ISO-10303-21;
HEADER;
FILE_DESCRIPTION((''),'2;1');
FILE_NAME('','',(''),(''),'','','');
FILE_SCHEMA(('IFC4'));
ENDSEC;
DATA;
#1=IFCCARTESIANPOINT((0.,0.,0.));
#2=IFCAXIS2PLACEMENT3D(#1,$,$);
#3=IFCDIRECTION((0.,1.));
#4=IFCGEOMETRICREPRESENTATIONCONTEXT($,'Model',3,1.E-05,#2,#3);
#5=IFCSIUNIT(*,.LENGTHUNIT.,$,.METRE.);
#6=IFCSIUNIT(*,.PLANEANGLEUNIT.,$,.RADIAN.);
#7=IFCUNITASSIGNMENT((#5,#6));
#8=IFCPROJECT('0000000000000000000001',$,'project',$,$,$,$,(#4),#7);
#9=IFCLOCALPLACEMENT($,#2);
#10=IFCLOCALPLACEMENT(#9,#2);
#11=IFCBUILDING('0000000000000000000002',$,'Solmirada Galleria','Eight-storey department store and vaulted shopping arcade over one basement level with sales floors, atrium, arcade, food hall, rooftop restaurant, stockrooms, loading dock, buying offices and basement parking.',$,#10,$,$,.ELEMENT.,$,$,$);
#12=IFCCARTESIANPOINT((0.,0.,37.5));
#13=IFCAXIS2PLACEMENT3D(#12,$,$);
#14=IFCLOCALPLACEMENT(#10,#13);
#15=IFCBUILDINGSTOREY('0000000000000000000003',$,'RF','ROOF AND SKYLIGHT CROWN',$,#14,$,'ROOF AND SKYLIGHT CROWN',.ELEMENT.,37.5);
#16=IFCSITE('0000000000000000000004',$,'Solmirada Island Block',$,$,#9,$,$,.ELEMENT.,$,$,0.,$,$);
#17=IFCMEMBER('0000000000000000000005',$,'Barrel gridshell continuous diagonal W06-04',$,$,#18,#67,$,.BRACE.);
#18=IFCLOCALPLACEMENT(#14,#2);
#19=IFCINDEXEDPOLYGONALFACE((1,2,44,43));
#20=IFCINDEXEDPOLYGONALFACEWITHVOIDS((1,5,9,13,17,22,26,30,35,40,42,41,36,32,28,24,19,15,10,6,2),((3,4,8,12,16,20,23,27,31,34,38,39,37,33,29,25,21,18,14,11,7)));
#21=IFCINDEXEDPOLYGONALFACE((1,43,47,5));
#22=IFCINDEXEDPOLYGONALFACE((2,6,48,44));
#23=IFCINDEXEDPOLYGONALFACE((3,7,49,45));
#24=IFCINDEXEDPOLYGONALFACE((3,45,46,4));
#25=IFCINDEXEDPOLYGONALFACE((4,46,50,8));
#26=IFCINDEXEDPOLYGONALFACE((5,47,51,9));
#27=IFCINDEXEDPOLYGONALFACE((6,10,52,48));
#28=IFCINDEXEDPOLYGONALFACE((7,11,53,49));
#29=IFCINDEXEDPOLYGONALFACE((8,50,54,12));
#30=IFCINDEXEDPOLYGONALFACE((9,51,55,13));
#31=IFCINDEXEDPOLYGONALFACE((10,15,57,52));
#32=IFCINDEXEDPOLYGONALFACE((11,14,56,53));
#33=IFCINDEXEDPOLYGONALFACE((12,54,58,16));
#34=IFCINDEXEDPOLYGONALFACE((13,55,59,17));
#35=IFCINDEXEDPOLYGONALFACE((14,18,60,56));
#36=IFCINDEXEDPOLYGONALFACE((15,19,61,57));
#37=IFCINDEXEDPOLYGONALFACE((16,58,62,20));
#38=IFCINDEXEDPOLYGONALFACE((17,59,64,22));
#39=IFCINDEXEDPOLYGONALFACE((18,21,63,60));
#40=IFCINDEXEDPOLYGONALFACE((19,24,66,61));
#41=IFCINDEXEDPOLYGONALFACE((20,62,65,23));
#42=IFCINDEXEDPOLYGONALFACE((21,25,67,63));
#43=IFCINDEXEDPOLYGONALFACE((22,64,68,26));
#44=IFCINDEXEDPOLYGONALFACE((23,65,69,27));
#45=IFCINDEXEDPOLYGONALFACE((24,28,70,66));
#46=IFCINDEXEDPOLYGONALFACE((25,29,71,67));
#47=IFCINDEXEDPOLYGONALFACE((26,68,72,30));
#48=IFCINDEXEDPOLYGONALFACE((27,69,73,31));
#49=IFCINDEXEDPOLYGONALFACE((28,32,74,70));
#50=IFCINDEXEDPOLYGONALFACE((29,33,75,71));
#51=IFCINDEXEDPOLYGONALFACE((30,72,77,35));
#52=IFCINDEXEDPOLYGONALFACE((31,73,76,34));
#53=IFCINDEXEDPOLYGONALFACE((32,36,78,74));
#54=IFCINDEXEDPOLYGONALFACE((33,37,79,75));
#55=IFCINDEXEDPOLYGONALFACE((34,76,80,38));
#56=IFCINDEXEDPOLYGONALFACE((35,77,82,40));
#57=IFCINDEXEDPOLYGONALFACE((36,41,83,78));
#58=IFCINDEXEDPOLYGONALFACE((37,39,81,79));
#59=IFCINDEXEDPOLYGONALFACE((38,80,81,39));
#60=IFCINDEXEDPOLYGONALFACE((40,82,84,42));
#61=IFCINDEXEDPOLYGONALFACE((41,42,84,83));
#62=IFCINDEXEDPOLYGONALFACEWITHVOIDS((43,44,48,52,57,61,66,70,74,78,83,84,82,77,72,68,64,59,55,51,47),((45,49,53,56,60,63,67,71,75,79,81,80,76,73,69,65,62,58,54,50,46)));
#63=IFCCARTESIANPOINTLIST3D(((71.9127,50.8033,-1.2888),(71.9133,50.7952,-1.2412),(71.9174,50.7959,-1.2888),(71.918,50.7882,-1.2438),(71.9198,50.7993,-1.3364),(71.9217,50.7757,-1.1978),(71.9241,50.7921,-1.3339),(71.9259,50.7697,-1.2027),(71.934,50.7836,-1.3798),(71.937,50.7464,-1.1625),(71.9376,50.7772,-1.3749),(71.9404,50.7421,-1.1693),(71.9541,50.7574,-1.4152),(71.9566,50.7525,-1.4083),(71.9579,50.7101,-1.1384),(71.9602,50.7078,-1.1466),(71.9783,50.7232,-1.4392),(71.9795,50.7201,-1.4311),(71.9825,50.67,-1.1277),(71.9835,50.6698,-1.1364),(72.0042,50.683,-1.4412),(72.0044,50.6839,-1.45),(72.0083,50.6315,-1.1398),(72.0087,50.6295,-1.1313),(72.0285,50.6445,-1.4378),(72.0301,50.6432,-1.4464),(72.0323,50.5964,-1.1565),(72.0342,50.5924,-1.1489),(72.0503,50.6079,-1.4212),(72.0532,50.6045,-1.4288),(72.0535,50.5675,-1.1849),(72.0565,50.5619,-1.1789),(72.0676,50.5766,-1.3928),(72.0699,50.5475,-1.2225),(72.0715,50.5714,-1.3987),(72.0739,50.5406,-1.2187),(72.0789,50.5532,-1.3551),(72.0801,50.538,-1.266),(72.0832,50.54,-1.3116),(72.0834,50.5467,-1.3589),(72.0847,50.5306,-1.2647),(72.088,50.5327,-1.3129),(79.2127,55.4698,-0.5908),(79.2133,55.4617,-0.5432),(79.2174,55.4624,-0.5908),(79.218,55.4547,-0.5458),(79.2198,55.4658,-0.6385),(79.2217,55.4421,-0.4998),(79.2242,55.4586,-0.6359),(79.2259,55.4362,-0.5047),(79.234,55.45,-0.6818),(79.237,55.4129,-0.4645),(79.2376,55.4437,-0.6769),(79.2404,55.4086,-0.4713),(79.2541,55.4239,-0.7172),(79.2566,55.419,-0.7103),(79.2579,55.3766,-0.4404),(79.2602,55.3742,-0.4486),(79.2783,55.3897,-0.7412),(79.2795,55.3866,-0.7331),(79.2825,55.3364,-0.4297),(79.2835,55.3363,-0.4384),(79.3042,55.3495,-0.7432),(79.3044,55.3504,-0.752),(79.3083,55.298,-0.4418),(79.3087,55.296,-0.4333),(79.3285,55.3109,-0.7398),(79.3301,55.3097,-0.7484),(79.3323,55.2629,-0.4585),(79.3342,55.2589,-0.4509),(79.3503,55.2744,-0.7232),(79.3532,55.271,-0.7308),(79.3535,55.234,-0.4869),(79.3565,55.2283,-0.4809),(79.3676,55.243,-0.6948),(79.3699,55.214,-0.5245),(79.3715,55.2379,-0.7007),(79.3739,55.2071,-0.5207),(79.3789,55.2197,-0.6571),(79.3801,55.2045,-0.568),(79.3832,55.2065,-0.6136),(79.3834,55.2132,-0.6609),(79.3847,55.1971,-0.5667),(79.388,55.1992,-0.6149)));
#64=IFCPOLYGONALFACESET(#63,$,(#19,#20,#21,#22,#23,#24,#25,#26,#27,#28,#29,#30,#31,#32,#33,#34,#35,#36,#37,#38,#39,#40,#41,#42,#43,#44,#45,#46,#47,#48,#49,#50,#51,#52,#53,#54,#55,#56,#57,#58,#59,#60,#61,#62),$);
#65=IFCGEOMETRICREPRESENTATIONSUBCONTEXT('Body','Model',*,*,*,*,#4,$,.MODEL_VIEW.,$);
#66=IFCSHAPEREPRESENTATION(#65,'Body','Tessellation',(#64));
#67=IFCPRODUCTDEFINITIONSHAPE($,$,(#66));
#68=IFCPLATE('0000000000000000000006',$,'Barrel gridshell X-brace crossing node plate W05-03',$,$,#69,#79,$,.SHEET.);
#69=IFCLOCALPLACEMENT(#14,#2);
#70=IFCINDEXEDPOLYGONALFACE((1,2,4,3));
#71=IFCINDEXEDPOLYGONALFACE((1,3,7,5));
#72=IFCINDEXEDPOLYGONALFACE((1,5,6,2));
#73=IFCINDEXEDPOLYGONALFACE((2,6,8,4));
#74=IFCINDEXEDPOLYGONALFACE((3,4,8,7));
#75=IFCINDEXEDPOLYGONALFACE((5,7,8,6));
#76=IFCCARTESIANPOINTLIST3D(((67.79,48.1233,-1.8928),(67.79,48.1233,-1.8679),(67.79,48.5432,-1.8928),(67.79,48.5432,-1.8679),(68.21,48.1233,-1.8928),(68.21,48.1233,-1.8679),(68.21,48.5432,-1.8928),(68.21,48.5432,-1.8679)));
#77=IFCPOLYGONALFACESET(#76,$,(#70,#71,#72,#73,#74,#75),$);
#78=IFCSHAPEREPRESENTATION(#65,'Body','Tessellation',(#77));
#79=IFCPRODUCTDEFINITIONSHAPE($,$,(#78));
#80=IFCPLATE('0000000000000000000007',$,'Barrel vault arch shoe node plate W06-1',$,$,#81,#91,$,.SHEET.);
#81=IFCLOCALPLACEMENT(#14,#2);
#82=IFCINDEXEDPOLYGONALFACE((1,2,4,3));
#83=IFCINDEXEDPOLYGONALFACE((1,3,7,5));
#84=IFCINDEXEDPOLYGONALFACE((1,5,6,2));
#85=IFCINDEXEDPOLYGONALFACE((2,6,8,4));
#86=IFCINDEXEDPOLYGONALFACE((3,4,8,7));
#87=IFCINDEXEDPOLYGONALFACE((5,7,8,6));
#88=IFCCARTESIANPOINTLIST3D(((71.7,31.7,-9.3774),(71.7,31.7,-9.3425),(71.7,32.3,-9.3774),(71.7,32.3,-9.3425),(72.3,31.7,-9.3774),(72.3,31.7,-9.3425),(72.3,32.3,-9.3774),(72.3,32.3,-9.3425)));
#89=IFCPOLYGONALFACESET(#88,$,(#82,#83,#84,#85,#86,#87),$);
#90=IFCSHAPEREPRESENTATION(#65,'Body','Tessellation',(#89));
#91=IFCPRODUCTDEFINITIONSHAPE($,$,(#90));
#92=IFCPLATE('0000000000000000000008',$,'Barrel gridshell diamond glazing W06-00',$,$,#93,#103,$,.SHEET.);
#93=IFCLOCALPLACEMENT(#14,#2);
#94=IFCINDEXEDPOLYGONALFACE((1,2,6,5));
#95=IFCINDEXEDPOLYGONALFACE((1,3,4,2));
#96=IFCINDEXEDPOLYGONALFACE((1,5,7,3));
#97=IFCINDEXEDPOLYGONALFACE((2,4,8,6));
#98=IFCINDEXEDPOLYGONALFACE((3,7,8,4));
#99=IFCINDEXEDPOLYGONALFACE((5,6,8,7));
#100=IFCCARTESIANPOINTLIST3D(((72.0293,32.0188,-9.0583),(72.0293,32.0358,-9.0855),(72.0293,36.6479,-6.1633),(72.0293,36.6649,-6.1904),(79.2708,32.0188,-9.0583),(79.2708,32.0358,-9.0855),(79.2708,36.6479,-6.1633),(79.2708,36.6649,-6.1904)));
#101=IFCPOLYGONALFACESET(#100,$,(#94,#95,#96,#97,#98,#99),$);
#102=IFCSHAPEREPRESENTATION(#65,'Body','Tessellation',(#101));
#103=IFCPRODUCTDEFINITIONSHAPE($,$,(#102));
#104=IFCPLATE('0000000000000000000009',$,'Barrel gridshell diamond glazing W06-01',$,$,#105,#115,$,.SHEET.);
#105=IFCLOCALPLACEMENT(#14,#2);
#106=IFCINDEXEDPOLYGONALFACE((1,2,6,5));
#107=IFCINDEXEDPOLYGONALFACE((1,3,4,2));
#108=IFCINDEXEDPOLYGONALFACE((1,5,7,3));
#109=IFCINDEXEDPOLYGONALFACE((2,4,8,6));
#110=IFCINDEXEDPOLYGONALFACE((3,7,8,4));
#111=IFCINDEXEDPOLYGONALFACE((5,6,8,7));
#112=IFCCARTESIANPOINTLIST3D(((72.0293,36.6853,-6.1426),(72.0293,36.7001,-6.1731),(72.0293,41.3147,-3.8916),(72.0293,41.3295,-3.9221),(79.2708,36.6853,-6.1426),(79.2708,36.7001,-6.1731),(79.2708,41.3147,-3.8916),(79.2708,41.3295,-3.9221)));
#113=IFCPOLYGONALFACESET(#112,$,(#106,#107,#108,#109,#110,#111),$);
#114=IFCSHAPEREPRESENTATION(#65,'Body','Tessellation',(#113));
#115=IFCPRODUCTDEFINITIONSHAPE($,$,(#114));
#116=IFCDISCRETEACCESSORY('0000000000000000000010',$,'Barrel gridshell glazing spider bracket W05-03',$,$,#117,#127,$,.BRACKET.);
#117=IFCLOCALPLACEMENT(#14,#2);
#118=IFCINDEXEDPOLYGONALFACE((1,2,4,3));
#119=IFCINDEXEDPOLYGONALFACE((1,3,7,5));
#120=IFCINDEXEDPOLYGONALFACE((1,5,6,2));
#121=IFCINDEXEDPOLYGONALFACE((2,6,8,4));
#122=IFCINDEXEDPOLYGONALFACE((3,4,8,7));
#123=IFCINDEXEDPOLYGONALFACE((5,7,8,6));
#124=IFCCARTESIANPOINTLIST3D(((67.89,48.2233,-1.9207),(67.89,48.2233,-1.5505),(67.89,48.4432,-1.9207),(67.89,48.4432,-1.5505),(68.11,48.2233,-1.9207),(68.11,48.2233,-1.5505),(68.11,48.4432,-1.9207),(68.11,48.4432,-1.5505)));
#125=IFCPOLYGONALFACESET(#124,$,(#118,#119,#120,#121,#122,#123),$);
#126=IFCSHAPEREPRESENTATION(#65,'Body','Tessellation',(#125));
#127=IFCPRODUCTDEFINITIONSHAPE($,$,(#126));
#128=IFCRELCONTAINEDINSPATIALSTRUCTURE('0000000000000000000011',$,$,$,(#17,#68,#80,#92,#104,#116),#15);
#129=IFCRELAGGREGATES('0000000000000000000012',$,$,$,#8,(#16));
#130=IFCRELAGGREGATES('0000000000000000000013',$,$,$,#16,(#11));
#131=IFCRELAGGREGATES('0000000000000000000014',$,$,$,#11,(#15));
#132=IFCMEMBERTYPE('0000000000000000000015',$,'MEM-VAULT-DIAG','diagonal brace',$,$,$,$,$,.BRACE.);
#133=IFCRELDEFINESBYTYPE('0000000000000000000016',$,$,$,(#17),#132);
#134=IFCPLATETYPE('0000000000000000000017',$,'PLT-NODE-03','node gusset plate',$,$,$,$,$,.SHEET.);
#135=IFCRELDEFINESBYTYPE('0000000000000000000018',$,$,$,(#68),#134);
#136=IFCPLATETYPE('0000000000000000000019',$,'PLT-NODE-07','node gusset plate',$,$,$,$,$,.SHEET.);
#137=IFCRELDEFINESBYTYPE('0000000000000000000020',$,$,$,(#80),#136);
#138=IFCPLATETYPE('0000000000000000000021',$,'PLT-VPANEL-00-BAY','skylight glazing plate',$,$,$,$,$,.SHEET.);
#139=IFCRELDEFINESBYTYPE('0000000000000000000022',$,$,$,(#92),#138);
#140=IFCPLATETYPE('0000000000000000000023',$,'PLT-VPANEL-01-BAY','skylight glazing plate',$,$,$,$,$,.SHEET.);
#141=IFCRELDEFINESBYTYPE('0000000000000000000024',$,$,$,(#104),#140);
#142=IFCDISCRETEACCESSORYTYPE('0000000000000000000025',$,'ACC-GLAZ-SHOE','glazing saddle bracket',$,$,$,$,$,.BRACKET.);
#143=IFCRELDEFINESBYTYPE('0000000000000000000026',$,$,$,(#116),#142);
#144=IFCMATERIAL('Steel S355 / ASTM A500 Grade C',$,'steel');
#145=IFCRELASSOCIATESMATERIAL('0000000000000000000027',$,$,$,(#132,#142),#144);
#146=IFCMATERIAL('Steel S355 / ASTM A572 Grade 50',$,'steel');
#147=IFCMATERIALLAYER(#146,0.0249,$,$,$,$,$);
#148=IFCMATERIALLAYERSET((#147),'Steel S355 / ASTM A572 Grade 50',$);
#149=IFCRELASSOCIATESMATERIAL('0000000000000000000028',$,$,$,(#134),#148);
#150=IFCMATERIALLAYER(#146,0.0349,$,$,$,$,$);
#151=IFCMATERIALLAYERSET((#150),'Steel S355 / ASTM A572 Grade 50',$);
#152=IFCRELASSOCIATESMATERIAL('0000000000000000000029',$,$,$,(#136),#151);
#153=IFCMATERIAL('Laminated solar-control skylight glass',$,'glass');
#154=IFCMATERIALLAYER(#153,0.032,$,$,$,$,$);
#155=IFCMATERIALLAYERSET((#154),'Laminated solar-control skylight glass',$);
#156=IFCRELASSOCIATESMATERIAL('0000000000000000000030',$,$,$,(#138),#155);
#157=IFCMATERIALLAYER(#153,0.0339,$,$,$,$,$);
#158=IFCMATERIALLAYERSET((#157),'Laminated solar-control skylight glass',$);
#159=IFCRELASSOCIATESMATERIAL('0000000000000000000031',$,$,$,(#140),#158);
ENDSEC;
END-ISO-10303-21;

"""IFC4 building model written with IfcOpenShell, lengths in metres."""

from ifc_helpers import new_model, si_unit, direction, frame, origin, origin_2d, place, context, subcontext, project, spatial, polyline, rectangle, hollow_circle, outline, extrude, material, layer, layer_set, material_profile, profile_set, type_object, element, save


model = new_model("IFC4")

# Units and contexts
model_context = context("Model", 3, precision=1e-05, world=origin(), true_north=direction((0.0, 1.0)))
body_context = subcontext(model_context, "Body", "Model", "MODEL_VIEW")
ifc_project = project(units=[si_unit("LENGTHUNIT", "METRE"), si_unit("PLANEANGLEUNIT", "RADIAN")], contexts=[model_context])

# Site, building, storey
site_placement = place(None, origin())
site = spatial("IfcSite", under=ifc_project, at=site_placement, Name="Solmirada Island Block", CompositionType="ELEMENT", RefElevation=0.0)
building_placement = place(site_placement, origin())
building = spatial("IfcBuilding", under=site, at=building_placement, Name="Solmirada Galleria", Description="Eight-storey department store and vaulted shopping arcade over one basement level with sales floors, atrium, arcade, food hall, rooftop restaurant, stockrooms, loading dock, buying offices and basement parking.", CompositionType="ELEMENT")
storey_placement = place(building_placement, frame((0.0, 0.0, 37.5)))
storey = spatial("IfcBuildingStorey", under=building, at=storey_placement, Name="RF", Description="ROOF AND SKYLIGHT CROWN", LongName="ROOF AND SKYLIGHT CROWN", CompositionType="ELEMENT", Elevation=37.5)

# Member
ifc_material_1 = material(Name="Steel S355 / ASTM A500 Grade C", Category="steel")
ifc_material_profile_1 = material_profile(ifc_material_1, hollow_circle(Radius=0.1621, WallThickness=0.0088, at=origin_2d()), Name="HSS12.750X0.375")
ifc_profile_set_1 = profile_set([ifc_material_profile_1], Name="Steel S355 / ASTM A500 Grade C")
member_type_1 = type_object("IfcMemberType", Name="MEM-VAULT-DIAG", Description="diagonal brace", PredefinedType="BRACE", material=ifc_profile_set_1)
member_1_placement = place(storey_placement, frame((72.0, 50.6667, -1.2888), z_axis=(0.83984, 0.536862, 0.080302), x_axis=(-0.538601, 0.842561, 0.0)))
element("IfcMember", 1, at=member_1_placement, inside=storey, type_object=member_type_1, Name="Barrel gridshell continuous diagonal W06-04", PredefinedType="BRACE", context=body_context, shape_type="SweptSolid", body=[
    extrude(hollow_circle(Radius=0.1621, WallThickness=0.0088, at=origin_2d()), origin(), (0.0, 0.0, 1.0), 8.6921),
])

# Plates
ifc_material_2 = material(Name="Steel S355 / ASTM A572 Grade 50", Category="steel")
ifc_layer_1 = layer(ifc_material_2, 0.0249)
ifc_layer_set_1 = layer_set([ifc_layer_1], Name="Steel S355 / ASTM A572 Grade 50")
plate_type_1 = type_object("IfcPlateType", Name="PLT-NODE-03", Description="node gusset plate", PredefinedType="SHEET", material=ifc_layer_set_1)
plate_1_placement = place(storey_placement, frame((68.0, 48.3333, -1.8928), z_axis=(0.0, 0.0, 1.0), x_axis=(1.0, 0.0, 0.0)))
element("IfcPlate", 2, at=plate_1_placement, inside=storey, type_object=plate_type_1, Name="Barrel gridshell X-brace crossing node plate W05-03", PredefinedType="SHEET", context=body_context, shape_type="SweptSolid", body=[
    extrude(rectangle(XDim=0.4199, YDim=0.4199, at=origin_2d()), origin(), (0.0, 0.0, 1.0), 0.0249),
])
ifc_layer_2 = layer(ifc_material_2, 0.0349)
ifc_layer_set_2 = layer_set([ifc_layer_2], Name="Steel S355 / ASTM A572 Grade 50")
plate_type_2 = type_object("IfcPlateType", Name="PLT-NODE-07", Description="node gusset plate", PredefinedType="SHEET", material=ifc_layer_set_2)
plate_2_placement = place(storey_placement, frame((72.0, 32.0, -9.3774), z_axis=(0.0, 0.0, 1.0), x_axis=(1.0, 0.0, 0.0)))
element("IfcPlate", 3, at=plate_2_placement, inside=storey, type_object=plate_type_2, Name="Barrel vault arch shoe node plate W06-1", PredefinedType="SHEET", context=body_context, shape_type="SweptSolid", body=[
    extrude(rectangle(XDim=0.6001, YDim=0.6001, at=origin_2d()), origin(), (0.0, 0.0, 1.0), 0.0349),
])
ifc_material_3 = material(Name="Laminated solar-control skylight glass", Category="glass")
ifc_layer_3 = layer(ifc_material_3, 0.032)
ifc_layer_set_3 = layer_set([ifc_layer_3], Name="Laminated solar-control skylight glass")
plate_type_3 = type_object("IfcPlateType", Name="PLT-VPANEL-00-BAY", Description="skylight glazing plate", PredefinedType="SHEET", material=ifc_layer_set_3)
plate_3_placement = place(storey_placement, frame((72.0293, 32.0188, -9.0583), z_axis=(0.0, -0.530236, 0.84785), x_axis=(1.0, 0.0, 0.0)))
element("IfcPlate", 4, at=plate_3_placement, inside=storey, type_object=plate_type_3, Name="Barrel gridshell diamond glazing W06-00", PredefinedType="SHEET", context=body_context, shape_type="SweptSolid", body=[
    extrude(outline(polyline([(0.0, 0.0), (7.2415, 0.0), (7.2415, 5.4599), (0.0, 5.4599), (0.0, 0.0)])), origin(), (0.0, 0.0, -1.0), 0.032),
])
ifc_layer_4 = layer(ifc_material_3, 0.0339)
ifc_layer_set_4 = layer_set([ifc_layer_4], Name="Laminated solar-control skylight glass")
plate_type_4 = type_object("IfcPlateType", Name="PLT-VPANEL-01-BAY", Description="skylight glazing plate", PredefinedType="SHEET", material=ifc_layer_set_4)
plate_4_placement = place(storey_placement, frame((72.0293, 36.6853, -6.1426), z_axis=(0.0, -0.437283, 0.899324), x_axis=(1.0, 0.0, 0.0)))
element("IfcPlate", 5, at=plate_4_placement, inside=storey, type_object=plate_type_4, Name="Barrel gridshell diamond glazing W06-01", PredefinedType="SHEET", context=body_context, shape_type="SweptSolid", body=[
    extrude(outline(polyline([(0.0, 0.0), (7.2415, 0.0), (7.2415, 5.1476), (0.0, 5.1476), (0.0, 0.0)])), origin(), (0.0, 0.0, -1.0), 0.0339),
])

# Discrete accessory
discrete_accessory_type = type_object("IfcDiscreteAccessoryType", Name="ACC-GLAZ-SHOE", Description="glazing saddle bracket", PredefinedType="BRACKET", material=ifc_material_1)
discrete_accessory_placement = place(storey_placement, frame((68.0, 48.3333, -1.9207), z_axis=(0.0, 0.0, 1.0), x_axis=(1.0, 0.0, 0.0)))
element("IfcDiscreteAccessory", 6, at=discrete_accessory_placement, inside=storey, type_object=discrete_accessory_type, Name="Barrel gridshell glazing spider bracket W05-03", PredefinedType="BRACKET", context=body_context, shape_type="SweptSolid", body=[
    extrude(rectangle(XDim=0.22, YDim=0.22, at=origin_2d()), origin(), (0.0, 0.0, 1.0), 0.3701),
])

save(model, "model.ifc")
